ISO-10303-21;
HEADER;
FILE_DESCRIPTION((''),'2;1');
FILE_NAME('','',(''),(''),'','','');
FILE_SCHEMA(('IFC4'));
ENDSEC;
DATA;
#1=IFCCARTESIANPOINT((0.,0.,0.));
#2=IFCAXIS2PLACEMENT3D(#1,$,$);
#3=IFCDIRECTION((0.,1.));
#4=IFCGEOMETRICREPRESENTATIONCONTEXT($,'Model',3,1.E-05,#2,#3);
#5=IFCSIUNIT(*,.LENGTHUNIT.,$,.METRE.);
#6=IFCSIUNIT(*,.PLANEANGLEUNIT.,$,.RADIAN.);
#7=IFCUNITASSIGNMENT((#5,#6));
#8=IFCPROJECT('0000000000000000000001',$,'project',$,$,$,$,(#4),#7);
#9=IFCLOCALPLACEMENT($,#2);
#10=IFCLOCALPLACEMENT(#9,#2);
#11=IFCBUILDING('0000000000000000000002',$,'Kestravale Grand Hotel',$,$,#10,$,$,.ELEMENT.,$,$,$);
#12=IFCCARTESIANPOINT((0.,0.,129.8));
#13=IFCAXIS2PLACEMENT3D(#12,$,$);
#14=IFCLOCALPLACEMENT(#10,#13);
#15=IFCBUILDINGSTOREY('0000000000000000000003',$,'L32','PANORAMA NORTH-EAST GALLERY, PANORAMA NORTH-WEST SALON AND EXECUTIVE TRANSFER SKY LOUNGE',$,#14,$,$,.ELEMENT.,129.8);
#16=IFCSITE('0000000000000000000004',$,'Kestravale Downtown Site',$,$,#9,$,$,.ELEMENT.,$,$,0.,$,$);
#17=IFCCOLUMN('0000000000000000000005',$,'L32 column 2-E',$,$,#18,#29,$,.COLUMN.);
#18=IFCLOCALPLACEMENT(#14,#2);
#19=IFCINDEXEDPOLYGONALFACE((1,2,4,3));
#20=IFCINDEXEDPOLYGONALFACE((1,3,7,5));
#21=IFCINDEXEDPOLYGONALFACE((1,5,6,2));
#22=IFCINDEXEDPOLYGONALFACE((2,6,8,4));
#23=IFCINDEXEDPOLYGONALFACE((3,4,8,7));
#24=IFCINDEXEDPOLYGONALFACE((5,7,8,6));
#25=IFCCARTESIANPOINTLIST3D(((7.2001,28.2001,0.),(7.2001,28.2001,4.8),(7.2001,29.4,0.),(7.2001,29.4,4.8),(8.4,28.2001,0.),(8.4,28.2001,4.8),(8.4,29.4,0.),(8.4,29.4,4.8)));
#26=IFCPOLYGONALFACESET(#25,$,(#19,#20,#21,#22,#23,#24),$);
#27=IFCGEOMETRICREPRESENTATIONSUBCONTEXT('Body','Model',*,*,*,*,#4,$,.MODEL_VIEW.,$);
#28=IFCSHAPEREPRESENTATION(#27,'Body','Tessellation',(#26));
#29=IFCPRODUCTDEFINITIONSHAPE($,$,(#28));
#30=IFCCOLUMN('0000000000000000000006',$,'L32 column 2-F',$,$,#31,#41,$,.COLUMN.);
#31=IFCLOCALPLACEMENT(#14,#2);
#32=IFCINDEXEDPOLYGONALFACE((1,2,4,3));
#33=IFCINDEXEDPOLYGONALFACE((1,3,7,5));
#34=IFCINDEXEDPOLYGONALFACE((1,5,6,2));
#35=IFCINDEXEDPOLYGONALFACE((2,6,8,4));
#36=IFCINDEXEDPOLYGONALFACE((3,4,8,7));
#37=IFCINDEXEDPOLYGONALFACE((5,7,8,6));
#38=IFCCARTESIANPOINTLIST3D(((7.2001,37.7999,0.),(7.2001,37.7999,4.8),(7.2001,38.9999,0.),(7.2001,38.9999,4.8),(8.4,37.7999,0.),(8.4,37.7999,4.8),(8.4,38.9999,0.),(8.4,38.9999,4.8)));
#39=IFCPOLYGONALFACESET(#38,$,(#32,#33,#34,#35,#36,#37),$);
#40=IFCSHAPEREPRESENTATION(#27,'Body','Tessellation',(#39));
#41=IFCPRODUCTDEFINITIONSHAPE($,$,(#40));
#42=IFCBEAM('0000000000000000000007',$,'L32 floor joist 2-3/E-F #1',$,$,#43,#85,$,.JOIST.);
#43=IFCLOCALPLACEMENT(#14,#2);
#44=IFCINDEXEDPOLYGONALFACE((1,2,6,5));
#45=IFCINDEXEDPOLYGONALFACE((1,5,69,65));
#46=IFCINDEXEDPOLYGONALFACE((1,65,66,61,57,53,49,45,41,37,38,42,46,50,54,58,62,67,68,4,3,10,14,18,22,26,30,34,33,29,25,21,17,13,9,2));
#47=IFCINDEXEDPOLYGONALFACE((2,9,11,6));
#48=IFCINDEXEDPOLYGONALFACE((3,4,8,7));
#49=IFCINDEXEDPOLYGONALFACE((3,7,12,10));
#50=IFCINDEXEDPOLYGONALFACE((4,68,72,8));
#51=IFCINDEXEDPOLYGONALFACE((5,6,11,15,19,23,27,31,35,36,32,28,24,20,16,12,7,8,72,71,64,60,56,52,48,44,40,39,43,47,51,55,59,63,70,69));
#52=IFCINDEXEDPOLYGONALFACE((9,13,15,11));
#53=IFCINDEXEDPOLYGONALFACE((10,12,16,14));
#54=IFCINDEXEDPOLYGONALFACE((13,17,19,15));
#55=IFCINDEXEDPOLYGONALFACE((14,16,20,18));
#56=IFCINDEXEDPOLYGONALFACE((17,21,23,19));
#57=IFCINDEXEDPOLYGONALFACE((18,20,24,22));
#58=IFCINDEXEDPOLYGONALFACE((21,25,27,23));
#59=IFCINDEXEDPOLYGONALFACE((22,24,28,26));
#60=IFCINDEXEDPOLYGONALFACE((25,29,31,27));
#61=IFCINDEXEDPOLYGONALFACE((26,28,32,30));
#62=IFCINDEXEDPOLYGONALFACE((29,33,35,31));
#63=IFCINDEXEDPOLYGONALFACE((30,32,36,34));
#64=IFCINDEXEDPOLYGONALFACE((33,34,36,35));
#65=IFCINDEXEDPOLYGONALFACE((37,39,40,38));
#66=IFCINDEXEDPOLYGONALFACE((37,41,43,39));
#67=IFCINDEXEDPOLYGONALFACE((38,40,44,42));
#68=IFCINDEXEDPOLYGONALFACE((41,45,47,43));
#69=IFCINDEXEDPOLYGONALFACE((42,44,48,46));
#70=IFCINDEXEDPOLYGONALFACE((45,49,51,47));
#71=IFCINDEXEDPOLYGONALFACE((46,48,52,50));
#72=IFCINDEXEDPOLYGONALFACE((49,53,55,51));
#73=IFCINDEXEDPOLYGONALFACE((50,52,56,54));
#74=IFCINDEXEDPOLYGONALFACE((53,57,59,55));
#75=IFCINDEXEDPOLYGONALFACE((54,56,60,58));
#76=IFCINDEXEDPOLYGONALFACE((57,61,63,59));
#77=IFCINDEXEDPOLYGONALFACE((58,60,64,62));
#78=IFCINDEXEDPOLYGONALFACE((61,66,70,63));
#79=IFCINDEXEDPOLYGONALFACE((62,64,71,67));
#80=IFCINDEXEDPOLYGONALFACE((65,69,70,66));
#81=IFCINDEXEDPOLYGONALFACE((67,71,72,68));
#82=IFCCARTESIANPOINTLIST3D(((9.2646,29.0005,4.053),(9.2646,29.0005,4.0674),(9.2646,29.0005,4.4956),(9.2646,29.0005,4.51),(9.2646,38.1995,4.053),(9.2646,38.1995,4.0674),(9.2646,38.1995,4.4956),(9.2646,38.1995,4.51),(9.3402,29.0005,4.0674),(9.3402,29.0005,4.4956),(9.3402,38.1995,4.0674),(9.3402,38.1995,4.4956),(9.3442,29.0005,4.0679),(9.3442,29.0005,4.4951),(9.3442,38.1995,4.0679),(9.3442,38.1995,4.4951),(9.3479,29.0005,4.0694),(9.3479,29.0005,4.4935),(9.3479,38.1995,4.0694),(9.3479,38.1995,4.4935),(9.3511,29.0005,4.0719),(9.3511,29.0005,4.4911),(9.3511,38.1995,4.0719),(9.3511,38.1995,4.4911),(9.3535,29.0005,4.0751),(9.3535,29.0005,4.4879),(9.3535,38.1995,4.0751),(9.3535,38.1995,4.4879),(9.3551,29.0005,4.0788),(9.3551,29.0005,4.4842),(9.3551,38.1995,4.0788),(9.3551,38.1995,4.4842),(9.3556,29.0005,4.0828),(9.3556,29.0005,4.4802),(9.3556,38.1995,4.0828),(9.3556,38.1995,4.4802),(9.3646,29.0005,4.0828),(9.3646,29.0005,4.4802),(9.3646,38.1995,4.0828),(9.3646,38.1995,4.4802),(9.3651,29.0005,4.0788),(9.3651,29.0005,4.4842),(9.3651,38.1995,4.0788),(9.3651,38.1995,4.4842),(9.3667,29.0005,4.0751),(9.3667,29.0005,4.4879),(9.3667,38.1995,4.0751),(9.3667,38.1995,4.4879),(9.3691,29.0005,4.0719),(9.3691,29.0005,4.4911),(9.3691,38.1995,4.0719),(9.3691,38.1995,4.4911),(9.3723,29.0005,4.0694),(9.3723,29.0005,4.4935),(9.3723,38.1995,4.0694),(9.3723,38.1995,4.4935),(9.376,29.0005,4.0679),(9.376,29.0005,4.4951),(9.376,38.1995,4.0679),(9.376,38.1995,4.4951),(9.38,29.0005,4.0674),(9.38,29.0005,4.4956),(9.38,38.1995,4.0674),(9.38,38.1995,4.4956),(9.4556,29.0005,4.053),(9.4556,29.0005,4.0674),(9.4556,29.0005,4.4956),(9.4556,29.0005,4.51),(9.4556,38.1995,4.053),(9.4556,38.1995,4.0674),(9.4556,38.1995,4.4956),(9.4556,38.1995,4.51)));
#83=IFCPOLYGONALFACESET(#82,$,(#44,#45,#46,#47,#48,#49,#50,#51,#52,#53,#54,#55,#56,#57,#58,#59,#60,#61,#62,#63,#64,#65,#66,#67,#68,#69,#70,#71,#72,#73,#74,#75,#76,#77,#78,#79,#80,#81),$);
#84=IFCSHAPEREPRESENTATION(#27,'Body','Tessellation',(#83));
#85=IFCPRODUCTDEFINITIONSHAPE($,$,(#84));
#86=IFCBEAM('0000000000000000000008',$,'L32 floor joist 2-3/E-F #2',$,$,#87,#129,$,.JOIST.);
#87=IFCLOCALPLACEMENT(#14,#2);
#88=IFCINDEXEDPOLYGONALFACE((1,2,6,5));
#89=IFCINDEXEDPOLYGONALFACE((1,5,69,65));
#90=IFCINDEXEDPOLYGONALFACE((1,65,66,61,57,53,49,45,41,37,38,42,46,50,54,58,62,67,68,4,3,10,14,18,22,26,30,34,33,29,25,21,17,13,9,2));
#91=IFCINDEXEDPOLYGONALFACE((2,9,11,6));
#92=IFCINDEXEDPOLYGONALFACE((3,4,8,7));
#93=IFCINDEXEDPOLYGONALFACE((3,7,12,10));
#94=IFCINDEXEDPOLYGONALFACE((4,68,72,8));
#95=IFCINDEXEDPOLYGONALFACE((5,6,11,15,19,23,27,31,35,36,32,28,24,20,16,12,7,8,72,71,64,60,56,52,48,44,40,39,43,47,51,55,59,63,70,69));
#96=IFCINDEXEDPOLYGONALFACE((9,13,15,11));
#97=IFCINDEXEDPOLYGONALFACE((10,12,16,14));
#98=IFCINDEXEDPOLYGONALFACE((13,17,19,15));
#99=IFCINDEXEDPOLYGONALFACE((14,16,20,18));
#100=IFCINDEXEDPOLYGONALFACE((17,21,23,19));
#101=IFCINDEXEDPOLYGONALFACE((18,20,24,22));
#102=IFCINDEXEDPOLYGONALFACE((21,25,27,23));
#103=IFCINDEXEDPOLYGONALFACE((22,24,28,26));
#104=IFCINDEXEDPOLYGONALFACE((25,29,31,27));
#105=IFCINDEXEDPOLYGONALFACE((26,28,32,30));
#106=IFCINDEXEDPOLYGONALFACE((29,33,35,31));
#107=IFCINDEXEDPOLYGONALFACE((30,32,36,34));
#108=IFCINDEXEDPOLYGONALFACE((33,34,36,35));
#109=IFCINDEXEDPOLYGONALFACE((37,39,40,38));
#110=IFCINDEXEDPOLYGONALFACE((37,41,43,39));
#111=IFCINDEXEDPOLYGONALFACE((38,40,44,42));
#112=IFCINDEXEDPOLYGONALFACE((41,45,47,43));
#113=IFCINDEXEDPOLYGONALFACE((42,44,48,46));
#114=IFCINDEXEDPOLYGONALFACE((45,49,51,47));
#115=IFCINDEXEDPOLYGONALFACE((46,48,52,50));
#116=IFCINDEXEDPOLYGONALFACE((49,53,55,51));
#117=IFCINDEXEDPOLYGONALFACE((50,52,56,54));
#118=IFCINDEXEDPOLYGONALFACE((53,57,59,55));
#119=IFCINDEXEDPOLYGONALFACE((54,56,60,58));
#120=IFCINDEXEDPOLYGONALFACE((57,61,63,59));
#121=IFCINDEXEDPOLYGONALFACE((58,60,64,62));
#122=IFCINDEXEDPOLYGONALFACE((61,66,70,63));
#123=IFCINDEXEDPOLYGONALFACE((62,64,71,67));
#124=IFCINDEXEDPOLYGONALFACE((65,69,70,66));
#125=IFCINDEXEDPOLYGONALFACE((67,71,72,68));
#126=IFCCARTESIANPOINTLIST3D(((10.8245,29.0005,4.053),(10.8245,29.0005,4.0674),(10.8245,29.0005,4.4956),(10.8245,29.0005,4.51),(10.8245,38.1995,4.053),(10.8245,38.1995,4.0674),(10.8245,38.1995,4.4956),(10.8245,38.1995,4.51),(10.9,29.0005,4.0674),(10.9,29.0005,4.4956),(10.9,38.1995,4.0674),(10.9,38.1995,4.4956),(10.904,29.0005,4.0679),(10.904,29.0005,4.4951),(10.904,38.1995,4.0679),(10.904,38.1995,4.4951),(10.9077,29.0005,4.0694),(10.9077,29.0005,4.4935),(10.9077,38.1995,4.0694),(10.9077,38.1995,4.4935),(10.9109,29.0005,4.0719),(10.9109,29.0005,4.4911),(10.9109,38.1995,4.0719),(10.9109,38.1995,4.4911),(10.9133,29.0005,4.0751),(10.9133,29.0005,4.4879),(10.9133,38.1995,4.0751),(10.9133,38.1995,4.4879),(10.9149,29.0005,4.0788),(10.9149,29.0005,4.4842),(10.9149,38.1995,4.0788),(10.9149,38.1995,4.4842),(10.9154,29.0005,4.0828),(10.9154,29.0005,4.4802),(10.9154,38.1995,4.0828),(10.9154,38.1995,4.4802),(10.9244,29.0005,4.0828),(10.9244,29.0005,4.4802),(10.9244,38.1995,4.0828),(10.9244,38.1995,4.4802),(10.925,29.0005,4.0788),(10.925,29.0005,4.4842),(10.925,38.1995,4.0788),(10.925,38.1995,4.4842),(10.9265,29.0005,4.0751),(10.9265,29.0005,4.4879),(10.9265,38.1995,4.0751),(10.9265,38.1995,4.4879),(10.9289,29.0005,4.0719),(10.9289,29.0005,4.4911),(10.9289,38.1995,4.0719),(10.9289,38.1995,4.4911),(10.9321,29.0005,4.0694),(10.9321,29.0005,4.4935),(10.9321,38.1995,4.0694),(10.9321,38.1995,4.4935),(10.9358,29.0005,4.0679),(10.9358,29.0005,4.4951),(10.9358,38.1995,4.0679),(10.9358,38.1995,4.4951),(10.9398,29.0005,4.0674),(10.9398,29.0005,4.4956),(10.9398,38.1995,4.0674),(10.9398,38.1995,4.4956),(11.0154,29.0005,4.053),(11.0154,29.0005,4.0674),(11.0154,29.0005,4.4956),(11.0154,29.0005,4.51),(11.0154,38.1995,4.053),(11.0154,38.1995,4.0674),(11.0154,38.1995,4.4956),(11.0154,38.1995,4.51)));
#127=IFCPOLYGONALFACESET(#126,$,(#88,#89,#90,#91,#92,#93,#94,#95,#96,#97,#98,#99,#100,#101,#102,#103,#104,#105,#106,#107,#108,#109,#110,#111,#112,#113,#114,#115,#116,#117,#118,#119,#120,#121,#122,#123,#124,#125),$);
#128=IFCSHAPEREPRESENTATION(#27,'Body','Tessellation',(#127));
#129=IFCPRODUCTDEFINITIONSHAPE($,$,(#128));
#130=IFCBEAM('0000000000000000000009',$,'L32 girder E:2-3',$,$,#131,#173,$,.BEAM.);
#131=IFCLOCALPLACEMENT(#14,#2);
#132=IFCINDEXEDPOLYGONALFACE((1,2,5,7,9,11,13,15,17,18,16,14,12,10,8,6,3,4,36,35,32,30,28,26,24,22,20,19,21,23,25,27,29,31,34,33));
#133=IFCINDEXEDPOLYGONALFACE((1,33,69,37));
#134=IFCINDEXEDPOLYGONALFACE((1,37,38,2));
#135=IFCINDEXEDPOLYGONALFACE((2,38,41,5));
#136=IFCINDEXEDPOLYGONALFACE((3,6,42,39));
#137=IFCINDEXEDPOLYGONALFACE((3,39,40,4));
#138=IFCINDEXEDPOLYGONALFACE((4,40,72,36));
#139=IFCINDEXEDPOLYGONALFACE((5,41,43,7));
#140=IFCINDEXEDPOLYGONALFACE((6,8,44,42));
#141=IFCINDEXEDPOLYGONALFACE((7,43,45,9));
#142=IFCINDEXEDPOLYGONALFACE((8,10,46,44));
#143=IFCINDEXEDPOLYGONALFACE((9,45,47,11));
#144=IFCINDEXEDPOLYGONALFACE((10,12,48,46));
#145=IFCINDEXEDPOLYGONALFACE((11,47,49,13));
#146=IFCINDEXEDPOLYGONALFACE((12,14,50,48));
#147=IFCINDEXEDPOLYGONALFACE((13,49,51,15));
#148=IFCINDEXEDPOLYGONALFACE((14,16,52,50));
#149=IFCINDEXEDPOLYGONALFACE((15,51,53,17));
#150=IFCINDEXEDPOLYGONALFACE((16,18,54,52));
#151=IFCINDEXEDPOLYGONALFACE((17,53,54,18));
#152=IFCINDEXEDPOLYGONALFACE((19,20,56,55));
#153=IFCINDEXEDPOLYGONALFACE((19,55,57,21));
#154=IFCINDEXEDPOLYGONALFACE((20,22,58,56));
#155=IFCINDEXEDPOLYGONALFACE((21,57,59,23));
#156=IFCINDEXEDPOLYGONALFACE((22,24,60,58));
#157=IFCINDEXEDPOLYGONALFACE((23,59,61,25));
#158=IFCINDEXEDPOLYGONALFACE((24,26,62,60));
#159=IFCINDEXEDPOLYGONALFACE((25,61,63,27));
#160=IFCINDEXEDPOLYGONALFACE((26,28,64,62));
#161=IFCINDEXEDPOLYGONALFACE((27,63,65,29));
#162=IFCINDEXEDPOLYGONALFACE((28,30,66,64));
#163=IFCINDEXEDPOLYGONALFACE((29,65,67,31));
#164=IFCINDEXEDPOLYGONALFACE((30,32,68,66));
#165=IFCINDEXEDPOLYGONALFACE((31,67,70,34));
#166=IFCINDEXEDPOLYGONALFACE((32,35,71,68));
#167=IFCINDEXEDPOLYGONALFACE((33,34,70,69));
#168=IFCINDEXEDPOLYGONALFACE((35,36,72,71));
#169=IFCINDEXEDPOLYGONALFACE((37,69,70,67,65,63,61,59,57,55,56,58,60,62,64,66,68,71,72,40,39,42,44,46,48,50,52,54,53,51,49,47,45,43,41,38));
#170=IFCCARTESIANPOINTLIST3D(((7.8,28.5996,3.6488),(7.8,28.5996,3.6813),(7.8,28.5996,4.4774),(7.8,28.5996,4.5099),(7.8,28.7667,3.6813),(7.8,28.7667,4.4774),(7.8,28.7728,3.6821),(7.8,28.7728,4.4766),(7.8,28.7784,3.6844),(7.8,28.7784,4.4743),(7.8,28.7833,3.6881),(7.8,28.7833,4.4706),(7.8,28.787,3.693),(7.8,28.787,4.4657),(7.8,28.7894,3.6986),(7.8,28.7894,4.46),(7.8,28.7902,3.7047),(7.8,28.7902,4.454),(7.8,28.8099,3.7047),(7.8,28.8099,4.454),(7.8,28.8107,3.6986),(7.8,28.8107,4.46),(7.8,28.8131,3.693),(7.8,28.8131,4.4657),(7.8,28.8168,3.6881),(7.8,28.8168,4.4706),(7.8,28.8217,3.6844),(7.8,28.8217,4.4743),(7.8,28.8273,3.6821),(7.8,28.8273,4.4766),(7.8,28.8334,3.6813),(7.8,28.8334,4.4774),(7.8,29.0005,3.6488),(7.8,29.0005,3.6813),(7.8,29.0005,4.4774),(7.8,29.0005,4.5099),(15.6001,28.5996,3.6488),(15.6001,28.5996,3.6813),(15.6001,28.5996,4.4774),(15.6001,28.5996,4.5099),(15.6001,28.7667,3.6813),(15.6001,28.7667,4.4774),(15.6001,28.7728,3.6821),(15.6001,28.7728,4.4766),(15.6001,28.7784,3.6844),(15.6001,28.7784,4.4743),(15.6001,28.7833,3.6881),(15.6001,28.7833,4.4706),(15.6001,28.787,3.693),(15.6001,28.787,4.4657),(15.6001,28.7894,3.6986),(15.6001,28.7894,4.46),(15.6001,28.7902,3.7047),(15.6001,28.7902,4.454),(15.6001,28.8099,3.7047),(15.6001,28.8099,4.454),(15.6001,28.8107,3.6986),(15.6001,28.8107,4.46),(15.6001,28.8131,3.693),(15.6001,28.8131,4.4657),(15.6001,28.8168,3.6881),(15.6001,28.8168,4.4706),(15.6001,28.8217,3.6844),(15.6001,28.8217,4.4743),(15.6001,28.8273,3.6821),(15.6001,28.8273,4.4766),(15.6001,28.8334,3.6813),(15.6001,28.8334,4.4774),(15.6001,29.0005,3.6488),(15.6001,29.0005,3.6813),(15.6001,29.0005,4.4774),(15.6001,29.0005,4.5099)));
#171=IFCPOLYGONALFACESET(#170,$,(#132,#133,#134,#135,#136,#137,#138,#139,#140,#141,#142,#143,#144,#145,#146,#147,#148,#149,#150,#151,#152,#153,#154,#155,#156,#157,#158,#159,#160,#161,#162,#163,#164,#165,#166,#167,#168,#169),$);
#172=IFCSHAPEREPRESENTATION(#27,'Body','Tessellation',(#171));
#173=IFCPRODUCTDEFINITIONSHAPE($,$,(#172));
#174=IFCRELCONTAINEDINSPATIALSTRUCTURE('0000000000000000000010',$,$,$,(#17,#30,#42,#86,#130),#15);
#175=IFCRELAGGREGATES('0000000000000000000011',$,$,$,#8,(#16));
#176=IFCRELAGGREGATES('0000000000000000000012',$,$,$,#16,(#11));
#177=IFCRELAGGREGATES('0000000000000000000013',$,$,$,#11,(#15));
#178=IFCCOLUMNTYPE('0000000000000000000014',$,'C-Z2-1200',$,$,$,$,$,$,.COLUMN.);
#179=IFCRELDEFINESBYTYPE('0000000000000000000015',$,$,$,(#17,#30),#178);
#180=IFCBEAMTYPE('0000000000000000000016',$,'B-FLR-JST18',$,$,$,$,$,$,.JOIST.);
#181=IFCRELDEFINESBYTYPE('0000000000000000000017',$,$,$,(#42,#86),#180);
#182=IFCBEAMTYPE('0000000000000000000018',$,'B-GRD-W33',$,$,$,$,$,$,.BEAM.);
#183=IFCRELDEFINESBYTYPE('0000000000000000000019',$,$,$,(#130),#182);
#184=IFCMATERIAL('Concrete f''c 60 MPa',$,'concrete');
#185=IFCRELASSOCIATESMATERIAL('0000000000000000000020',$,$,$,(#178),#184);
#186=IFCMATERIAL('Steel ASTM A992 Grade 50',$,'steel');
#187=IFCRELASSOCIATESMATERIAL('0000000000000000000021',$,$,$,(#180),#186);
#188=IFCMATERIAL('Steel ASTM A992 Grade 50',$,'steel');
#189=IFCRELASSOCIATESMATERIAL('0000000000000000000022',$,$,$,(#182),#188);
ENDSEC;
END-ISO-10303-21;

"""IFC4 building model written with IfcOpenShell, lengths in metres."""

from ifc_helpers import new_model, si_unit, direction, frame, origin, origin_2d, place, context, subcontext, project, spatial, rectangle, i_section, extrude, material, material_profile, profile_set, type_object, element, save


model = new_model("IFC4")

# Units and contexts
model_context = context("Model", 3, precision=1e-05, world=origin(), true_north=direction((0.0, 1.0)))
body_context = subcontext(model_context, "Body", "Model", "MODEL_VIEW")
ifc_project = project(units=[si_unit("LENGTHUNIT", "METRE"), si_unit("PLANEANGLEUNIT", "RADIAN")], contexts=[model_context])

# Site, building, storey
site_placement = place(None, origin())
site = spatial("IfcSite", under=ifc_project, at=site_placement, Name="Kestravale Downtown Site", CompositionType="ELEMENT", RefElevation=0.0)
building_placement = place(site_placement, origin())
building = spatial("IfcBuilding", under=site, at=building_placement, Name="Kestravale Grand Hotel", CompositionType="ELEMENT")
storey_placement = place(building_placement, frame((0.0, 0.0, 129.8)))
storey = spatial("IfcBuildingStorey", under=building, at=storey_placement, Name="L32", Description="PANORAMA NORTH-EAST GALLERY, PANORAMA NORTH-WEST SALON AND EXECUTIVE TRANSFER SKY LOUNGE", CompositionType="ELEMENT", Elevation=129.8)

# Columns
ifc_material_1 = material(Name="Concrete f'c 60 MPa", Category="concrete")
ifc_material_profile_1 = material_profile(ifc_material_1, rectangle(XDim=1.2, YDim=1.2, at=origin_2d()))
ifc_profile_set_1 = profile_set([ifc_material_profile_1], Name="Concrete f'c 60 MPa")
column_type = type_object("IfcColumnType", Name="C-Z2-1200", PredefinedType="COLUMN", material=ifc_profile_set_1)
for number, where, z_axis, x_axis, name in (
    (1, (7.8, 28.8, 0.0), (0.0, 0.0, 1.0), (1.0, 0.0, 0.0), "L32 column 2-E"),
    (2, (7.8, 38.3999, 0.0), (0.0, 0.0, 1.0), (1.0, 0.0, 0.0), "L32 column 2-F"),
):
    element("IfcColumn", number, at=place(storey_placement, frame(where, z_axis=z_axis, x_axis=x_axis)), inside=storey, type_object=column_type, Name=name, PredefinedType="COLUMN", context=body_context, shape_type="SweptSolid", body=[
        extrude(rectangle(XDim=1.2, YDim=1.2, at=origin_2d()), origin(), (0.0, 0.0, 1.0), 4.8),
    ])

# Beams
ifc_material_2 = material(Name="Steel ASTM A992 Grade 50", Category="steel")
ifc_material_profile_2 = material_profile(ifc_material_2, i_section(OverallWidth=0.1909, OverallDepth=0.457, WebThickness=0.009, FlangeThickness=0.0144, FilletRadius=0.0154, at=origin_2d()))
ifc_profile_set_2 = profile_set([ifc_material_profile_2], Name="Steel ASTM A992 Grade 50")
beam_type_1 = type_object("IfcBeamType", Name="B-FLR-JST18", PredefinedType="JOIST", material=ifc_profile_set_2)
for number, where, z_axis, x_axis, name in (
    (3, (9.3601, 29.0005, 4.2815), (0.0, 1.0, 0.0), (-1.0, 0.0, 0.0), "L32 floor joist 2-3/E-F #1"),
    (4, (10.9199, 29.0005, 4.2815), (0.0, 1.0, 0.0), (-1.0, 0.0, 0.0), "L32 floor joist 2-3/E-F #2"),
):
    element("IfcBeam", number, at=place(storey_placement, frame(where, z_axis=z_axis, x_axis=x_axis)), inside=storey, type_object=beam_type_1, Name=name, PredefinedType="JOIST", context=body_context, shape_type="SweptSolid", body=[
        extrude(i_section(OverallWidth=0.1909, OverallDepth=0.457, WebThickness=0.009, FlangeThickness=0.0144, FilletRadius=0.0154, at=origin_2d()), origin(), (0.0, 0.0, 1.0), 9.199),
    ])
ifc_material_3 = material(Name="Steel ASTM A992 Grade 50", Category="steel")
ifc_material_profile_3 = material_profile(ifc_material_3, i_section(OverallWidth=0.4009, OverallDepth=0.8611, WebThickness=0.0198, FlangeThickness=0.0325, FilletRadius=0.0234, at=origin_2d()))
ifc_profile_set_3 = profile_set([ifc_material_profile_3], Name="Steel ASTM A992 Grade 50")
beam_type_2 = type_object("IfcBeamType", Name="B-GRD-W33", PredefinedType="BEAM", material=ifc_profile_set_3)
for number, where, z_axis, x_axis, name in (
    (5, (7.8, 28.8, 4.0793), (1.0, 0.0, 0.0), (0.0, 1.0, 0.0), "L32 girder E:2-3"),
):
    element("IfcBeam", number, at=place(storey_placement, frame(where, z_axis=z_axis, x_axis=x_axis)), inside=storey, type_object=beam_type_2, Name=name, PredefinedType="BEAM", context=body_context, shape_type="SweptSolid", body=[
        extrude(i_section(OverallWidth=0.4009, OverallDepth=0.8611, WebThickness=0.0198, FlangeThickness=0.0325, FilletRadius=0.0234, at=origin_2d()), origin(), (0.0, 0.0, 1.0), 7.8),
    ])

save(model, "model.ifc")
